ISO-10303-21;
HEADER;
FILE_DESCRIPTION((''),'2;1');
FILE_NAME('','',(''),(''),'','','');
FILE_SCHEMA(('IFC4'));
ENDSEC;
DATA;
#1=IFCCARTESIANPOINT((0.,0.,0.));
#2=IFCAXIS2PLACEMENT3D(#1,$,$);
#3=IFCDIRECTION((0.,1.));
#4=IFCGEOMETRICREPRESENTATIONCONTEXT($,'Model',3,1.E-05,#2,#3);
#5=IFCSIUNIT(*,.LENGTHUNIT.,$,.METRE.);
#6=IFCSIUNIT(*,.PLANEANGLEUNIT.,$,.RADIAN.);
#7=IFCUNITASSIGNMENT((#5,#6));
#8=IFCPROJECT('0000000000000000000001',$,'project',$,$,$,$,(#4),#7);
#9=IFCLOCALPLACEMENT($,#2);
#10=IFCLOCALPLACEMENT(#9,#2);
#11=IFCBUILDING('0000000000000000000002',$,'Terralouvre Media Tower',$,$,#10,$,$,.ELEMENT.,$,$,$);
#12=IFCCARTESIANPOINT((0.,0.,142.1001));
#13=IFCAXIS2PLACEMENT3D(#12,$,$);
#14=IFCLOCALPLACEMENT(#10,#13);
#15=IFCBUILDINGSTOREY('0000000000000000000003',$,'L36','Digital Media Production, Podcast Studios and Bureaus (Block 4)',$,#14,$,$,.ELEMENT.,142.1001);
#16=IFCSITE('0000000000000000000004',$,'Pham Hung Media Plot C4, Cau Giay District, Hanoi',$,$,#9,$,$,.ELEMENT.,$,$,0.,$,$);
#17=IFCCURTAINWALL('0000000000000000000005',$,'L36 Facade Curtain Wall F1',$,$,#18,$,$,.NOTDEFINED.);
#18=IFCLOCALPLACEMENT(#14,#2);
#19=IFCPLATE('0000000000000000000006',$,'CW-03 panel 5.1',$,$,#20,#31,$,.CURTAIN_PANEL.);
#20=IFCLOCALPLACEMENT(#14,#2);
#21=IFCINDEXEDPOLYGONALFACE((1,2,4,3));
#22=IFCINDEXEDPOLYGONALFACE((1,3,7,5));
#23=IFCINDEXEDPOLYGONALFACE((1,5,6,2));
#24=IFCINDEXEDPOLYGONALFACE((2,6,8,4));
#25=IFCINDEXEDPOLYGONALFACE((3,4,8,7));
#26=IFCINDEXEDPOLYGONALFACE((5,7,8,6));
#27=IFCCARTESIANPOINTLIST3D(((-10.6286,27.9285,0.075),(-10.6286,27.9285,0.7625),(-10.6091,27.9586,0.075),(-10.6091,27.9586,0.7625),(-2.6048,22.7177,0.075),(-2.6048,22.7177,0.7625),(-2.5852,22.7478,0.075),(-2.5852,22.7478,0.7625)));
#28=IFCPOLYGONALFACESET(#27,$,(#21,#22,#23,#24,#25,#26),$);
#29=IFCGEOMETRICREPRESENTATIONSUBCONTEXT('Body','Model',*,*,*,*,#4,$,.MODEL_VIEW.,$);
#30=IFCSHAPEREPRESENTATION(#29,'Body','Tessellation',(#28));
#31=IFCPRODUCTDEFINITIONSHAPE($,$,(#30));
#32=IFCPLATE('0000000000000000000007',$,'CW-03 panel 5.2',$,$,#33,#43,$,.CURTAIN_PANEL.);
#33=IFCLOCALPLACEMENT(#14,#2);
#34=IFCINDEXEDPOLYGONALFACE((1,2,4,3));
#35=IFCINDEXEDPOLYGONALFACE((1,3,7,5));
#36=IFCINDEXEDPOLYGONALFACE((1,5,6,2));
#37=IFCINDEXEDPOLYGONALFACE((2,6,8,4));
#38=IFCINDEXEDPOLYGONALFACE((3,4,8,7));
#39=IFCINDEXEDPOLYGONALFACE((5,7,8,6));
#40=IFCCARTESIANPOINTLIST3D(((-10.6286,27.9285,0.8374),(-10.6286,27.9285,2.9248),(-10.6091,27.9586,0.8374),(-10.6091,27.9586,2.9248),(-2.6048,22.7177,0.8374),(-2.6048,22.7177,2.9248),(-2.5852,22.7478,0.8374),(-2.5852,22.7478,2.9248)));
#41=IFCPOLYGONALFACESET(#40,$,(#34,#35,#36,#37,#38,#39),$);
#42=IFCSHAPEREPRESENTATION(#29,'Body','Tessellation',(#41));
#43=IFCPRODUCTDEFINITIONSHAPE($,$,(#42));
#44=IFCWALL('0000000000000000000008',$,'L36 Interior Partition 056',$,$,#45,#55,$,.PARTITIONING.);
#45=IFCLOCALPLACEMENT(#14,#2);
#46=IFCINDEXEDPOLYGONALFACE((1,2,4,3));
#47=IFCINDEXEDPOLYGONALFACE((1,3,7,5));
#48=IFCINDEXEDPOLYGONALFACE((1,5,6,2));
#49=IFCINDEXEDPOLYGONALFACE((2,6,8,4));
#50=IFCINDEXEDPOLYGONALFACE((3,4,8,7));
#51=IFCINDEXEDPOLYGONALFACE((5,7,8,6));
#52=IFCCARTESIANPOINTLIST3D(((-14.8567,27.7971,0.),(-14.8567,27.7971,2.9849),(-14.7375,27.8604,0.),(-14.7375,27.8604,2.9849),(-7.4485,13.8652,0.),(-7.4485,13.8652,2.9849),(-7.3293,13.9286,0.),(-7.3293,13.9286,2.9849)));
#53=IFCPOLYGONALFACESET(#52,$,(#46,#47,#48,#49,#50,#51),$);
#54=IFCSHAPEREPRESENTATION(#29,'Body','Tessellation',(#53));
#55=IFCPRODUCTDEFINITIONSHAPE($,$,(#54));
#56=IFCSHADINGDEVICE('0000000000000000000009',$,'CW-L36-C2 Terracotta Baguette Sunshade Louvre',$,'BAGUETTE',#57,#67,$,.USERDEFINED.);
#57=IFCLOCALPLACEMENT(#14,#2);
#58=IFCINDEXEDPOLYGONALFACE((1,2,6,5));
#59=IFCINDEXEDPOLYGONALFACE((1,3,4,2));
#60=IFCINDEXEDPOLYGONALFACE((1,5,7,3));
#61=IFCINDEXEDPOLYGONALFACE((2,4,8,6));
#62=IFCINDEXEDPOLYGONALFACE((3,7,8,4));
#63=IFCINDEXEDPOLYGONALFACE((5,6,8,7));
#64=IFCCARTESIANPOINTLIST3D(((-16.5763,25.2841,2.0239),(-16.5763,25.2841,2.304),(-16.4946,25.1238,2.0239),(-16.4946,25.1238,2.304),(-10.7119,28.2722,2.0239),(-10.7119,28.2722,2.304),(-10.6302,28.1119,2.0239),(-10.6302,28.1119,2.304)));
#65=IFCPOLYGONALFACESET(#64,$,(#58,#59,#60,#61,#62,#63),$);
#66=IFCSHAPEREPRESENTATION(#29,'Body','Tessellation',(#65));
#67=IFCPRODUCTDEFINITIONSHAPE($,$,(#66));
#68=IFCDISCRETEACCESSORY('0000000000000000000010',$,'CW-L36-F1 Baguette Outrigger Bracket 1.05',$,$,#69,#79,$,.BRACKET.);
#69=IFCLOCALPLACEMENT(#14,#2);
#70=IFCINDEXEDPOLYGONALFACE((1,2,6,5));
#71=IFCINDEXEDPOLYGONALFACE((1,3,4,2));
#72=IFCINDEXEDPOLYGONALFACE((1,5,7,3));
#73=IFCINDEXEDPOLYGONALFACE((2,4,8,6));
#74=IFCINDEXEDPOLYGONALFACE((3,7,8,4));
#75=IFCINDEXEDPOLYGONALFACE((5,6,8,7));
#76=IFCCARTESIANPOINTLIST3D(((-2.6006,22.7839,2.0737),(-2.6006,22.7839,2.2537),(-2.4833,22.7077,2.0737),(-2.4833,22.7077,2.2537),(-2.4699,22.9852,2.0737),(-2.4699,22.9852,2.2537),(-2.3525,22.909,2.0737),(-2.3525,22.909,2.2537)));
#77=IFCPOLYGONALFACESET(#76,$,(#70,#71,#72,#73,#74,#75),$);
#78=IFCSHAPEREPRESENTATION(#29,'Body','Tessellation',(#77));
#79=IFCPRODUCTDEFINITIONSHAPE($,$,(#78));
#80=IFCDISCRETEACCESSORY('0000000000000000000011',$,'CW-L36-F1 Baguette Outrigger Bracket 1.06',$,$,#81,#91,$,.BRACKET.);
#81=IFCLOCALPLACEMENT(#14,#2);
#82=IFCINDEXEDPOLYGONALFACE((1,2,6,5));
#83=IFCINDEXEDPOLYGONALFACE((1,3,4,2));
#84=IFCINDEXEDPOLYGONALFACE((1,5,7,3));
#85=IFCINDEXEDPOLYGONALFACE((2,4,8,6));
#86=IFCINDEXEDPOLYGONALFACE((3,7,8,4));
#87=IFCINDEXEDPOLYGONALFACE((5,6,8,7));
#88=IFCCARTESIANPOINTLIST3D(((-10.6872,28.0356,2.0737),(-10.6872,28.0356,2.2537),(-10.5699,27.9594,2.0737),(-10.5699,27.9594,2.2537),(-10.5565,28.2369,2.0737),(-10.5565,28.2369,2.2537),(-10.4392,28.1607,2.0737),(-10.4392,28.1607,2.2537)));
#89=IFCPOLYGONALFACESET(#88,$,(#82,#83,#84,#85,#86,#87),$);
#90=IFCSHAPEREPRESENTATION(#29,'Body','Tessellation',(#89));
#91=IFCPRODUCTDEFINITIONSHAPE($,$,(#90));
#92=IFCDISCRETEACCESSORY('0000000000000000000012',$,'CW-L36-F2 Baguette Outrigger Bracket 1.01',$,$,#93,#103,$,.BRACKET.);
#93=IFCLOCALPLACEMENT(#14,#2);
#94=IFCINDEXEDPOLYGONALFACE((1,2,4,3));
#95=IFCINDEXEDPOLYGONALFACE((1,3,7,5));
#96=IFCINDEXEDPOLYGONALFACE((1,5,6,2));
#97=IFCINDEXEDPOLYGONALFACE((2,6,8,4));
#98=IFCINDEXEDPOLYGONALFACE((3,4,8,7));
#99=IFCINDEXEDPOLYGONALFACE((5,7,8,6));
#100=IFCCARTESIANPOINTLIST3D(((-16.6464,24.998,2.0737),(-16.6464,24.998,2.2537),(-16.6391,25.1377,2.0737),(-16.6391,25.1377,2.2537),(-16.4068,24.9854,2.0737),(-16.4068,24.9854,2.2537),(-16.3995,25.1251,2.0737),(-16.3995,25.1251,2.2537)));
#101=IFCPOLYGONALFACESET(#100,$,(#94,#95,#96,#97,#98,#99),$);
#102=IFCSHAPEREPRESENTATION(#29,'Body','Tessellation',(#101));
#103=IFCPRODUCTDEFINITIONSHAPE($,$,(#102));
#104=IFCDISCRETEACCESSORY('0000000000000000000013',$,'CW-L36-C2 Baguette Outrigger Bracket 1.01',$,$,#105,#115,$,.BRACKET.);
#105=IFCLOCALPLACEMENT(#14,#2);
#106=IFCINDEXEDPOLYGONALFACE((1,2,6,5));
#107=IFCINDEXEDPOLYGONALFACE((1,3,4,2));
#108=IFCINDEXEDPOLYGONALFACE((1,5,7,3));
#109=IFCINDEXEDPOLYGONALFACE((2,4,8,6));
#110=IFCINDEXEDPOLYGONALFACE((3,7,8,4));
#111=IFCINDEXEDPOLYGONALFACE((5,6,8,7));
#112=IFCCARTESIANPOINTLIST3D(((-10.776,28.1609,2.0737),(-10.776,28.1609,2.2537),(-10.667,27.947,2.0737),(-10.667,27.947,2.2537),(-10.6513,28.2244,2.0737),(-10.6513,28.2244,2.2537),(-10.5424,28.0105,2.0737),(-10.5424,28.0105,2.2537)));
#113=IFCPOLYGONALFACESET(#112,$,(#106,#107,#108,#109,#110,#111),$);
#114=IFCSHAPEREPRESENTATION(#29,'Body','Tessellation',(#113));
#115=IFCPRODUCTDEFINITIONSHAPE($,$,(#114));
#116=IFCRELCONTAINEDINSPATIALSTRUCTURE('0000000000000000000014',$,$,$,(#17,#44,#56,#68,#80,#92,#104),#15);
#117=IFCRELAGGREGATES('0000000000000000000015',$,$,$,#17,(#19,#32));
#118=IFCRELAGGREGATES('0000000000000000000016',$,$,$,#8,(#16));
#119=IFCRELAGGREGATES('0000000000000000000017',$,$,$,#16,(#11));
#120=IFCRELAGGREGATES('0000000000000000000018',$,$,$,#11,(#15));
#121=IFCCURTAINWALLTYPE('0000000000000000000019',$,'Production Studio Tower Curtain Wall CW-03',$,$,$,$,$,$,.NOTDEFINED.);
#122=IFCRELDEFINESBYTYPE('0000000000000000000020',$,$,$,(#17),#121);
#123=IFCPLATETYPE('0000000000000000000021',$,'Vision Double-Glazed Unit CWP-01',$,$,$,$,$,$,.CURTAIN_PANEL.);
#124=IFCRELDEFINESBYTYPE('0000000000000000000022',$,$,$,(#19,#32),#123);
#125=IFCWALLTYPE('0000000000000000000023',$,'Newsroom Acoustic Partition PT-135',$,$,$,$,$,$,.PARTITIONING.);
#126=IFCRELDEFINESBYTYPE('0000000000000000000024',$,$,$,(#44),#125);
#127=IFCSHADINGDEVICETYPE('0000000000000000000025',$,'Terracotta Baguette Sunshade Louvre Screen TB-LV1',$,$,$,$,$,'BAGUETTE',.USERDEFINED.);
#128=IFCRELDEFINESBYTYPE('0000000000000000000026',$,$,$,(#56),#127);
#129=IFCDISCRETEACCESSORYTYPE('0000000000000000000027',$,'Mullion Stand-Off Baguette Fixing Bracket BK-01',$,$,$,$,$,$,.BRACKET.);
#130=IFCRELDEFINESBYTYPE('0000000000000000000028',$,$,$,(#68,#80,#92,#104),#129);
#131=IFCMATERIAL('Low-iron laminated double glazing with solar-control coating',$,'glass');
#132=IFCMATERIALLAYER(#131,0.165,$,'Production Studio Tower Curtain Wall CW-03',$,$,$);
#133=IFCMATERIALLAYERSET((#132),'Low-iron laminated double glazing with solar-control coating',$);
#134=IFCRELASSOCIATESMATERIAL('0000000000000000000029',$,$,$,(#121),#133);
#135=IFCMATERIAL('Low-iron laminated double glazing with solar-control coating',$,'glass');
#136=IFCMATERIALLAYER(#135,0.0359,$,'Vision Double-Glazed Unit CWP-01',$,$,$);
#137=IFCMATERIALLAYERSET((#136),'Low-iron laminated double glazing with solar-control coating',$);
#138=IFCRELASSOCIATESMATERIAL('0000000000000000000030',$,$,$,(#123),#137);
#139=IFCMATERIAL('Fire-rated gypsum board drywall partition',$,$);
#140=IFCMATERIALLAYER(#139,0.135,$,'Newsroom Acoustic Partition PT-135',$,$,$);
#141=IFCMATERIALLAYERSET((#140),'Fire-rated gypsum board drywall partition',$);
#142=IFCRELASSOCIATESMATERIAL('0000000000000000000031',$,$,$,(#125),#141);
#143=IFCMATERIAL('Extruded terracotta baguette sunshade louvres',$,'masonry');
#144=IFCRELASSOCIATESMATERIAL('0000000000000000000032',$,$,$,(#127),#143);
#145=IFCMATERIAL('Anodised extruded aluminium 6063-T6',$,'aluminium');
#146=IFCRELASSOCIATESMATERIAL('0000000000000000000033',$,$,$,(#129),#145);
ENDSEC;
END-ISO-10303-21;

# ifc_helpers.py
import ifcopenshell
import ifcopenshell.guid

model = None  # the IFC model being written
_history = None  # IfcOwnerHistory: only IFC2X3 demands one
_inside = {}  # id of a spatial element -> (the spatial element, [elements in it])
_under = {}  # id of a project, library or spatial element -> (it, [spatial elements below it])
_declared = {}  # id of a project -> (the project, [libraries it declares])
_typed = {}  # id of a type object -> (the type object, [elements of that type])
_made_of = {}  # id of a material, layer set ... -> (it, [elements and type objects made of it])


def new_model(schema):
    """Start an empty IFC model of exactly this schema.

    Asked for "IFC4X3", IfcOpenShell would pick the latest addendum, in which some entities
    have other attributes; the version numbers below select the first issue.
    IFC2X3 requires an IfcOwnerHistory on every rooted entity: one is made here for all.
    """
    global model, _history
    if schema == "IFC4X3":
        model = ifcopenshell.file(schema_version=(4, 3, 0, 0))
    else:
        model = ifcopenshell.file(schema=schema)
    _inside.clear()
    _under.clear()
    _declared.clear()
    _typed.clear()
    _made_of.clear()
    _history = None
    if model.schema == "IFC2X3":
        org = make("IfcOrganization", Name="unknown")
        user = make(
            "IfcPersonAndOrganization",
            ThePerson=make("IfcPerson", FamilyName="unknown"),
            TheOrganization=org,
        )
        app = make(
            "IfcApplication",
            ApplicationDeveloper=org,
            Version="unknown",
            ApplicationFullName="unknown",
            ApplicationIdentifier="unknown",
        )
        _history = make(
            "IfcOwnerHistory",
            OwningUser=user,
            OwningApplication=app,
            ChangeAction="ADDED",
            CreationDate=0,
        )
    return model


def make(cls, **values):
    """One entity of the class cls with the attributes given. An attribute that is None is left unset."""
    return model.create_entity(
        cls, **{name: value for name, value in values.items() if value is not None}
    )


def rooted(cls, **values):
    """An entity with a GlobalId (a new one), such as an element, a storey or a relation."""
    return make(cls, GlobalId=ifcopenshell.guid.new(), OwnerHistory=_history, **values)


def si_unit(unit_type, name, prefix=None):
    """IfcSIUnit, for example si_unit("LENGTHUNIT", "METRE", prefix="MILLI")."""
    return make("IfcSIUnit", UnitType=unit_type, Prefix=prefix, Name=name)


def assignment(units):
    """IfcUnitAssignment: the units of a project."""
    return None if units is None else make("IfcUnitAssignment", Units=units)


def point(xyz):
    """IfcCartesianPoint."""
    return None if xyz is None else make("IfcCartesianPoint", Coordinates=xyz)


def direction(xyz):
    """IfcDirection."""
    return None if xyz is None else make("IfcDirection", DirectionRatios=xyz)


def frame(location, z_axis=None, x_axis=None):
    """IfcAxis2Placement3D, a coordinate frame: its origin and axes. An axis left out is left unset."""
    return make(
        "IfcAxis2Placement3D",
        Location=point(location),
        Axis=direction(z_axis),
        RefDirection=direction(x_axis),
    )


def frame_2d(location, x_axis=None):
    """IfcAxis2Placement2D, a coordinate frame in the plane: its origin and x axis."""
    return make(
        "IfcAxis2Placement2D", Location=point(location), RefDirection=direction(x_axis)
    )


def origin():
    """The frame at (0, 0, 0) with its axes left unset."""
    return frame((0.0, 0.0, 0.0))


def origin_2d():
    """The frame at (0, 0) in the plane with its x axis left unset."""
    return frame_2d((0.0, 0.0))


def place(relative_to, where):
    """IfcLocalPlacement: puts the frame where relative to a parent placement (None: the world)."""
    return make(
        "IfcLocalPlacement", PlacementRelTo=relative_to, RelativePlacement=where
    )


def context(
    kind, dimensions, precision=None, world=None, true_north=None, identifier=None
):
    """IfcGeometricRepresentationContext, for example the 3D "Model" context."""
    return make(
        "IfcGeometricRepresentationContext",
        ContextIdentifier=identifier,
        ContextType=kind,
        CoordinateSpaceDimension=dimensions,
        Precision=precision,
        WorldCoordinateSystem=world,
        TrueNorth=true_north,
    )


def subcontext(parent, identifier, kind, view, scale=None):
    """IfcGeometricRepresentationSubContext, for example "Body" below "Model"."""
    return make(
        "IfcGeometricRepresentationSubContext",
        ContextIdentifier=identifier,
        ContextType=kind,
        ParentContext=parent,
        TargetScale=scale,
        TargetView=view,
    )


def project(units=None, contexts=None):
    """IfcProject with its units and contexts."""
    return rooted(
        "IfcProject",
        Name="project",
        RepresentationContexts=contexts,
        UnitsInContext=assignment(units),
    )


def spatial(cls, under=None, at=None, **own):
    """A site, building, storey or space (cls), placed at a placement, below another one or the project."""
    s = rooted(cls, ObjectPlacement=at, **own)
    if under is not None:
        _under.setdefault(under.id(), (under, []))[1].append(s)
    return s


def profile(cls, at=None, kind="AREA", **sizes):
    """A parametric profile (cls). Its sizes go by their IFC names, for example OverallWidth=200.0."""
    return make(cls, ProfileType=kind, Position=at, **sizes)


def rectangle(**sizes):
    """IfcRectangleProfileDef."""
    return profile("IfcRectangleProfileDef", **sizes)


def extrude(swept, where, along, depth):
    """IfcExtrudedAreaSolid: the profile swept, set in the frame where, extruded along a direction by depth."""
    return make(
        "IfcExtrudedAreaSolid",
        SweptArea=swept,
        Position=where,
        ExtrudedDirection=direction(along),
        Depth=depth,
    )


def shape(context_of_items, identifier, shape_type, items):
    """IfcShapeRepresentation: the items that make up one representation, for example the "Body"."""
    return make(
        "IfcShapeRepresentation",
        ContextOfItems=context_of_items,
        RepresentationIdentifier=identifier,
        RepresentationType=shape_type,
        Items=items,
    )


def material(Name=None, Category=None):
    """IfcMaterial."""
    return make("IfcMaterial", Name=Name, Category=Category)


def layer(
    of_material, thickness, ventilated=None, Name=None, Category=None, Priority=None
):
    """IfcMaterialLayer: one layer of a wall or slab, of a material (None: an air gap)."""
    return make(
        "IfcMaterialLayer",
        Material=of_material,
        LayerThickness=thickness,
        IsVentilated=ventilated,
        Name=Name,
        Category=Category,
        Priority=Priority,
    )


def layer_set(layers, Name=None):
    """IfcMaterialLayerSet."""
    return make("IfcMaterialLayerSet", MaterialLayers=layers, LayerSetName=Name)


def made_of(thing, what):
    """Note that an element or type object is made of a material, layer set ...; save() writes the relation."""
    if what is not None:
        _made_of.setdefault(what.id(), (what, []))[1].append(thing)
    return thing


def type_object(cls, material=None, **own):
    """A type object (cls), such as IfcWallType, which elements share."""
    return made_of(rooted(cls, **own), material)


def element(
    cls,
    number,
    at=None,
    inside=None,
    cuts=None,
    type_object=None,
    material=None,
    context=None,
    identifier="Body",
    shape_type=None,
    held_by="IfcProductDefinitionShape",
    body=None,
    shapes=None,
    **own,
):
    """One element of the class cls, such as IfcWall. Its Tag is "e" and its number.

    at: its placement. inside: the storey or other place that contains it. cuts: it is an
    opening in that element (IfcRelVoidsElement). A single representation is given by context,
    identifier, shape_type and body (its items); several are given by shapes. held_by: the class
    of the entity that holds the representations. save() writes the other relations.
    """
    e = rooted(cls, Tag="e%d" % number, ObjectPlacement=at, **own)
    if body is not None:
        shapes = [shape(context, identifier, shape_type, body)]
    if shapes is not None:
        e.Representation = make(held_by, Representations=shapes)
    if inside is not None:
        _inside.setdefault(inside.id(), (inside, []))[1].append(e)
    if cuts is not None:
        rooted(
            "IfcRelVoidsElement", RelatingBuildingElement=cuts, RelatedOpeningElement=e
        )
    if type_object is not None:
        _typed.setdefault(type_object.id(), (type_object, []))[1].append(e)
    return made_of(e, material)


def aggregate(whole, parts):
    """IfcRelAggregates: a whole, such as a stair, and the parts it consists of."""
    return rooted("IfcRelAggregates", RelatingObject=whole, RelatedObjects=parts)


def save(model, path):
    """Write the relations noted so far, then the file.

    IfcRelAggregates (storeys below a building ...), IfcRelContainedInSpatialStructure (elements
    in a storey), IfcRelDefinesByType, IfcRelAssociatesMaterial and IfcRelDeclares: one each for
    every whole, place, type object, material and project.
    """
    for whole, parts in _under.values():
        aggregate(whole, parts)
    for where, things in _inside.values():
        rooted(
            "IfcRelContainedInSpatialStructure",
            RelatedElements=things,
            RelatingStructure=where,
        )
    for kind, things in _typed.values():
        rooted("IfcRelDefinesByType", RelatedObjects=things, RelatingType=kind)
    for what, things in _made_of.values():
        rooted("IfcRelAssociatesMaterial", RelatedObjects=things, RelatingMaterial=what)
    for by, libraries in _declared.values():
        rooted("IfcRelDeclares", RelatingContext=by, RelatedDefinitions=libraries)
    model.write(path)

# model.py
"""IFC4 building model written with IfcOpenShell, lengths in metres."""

from ifc_helpers import new_model, si_unit, direction, frame, frame_2d, origin, origin_2d, place, context, subcontext, project, spatial, rectangle, extrude, material, layer, layer_set, type_object, element, aggregate, save


model = new_model("IFC4")

# Units and contexts
model_context = context("Model", 3, precision=1e-05, world=origin(), true_north=direction((0.0, 1.0)))
body_context = subcontext(model_context, "Body", "Model", "MODEL_VIEW")
ifc_project = project(units=[si_unit("LENGTHUNIT", "METRE"), si_unit("PLANEANGLEUNIT", "RADIAN")], contexts=[model_context])

# Site, building, storey
site_placement = place(None, origin())
site = spatial("IfcSite", under=ifc_project, at=site_placement, Name="Pham Hung Media Plot C4, Cau Giay District, Hanoi", CompositionType="ELEMENT", RefElevation=0.0)
building_placement = place(site_placement, origin())
building = spatial("IfcBuilding", under=site, at=building_placement, Name="Terralouvre Media Tower", CompositionType="ELEMENT")
storey_placement = place(building_placement, frame((0.0, 0.0, 142.1001)))
storey = spatial("IfcBuildingStorey", under=building, at=storey_placement, Name="L36", Description="Digital Media Production, Podcast Studios and Bureaus (Block 4)", CompositionType="ELEMENT", Elevation=142.1001)

# Curtain wall
ifc_material_1 = material(Name="Low-iron laminated double glazing with solar-control coating", Category="glass")
ifc_layer_1 = layer(ifc_material_1, 0.165, Name="Production Studio Tower Curtain Wall CW-03")
ifc_layer_set_1 = layer_set([ifc_layer_1], Name="Low-iron laminated double glazing with solar-control coating")
curtain_wall_type_1 = type_object("IfcCurtainWallType", Name="Production Studio Tower Curtain Wall CW-03", PredefinedType="NOTDEFINED", material=ifc_layer_set_1)
curtain_wall_1_placement = place(storey_placement, origin())
curtain_wall_1 = element("IfcCurtainWall", 1, at=curtain_wall_1_placement, inside=storey, type_object=curtain_wall_type_1, Name="L36 Facade Curtain Wall F1", PredefinedType="NOTDEFINED")

# Plates
ifc_material_2 = material(Name="Low-iron laminated double glazing with solar-control coating", Category="glass")
ifc_layer_2 = layer(ifc_material_2, 0.0359, Name="Vision Double-Glazed Unit CWP-01")
ifc_layer_set_2 = layer_set([ifc_layer_2], Name="Low-iron laminated double glazing with solar-control coating")
plate_type_1 = type_object("IfcPlateType", Name="Vision Double-Glazed Unit CWP-01", PredefinedType="CURTAIN_PANEL", material=ifc_layer_set_2)
plate_1_placement = place(storey_placement, frame((-6.6069, 25.3381, 0.075), z_axis=(0.0, 0.0, 1.0), x_axis=(-0.838671, 0.544639, 0.0)))
plate_1 = element("IfcPlate", 2, at=plate_1_placement, type_object=plate_type_1, Name="CW-03 panel 5.1", PredefinedType="CURTAIN_PANEL", context=body_context, shape_type="SweptSolid", body=[
    extrude(rectangle(XDim=9.5674, YDim=0.0359, at=origin_2d()), origin(), (0.0, 0.0, 1.0), 0.6875),
])
plate_2_placement = place(storey_placement, frame((-6.6069, 25.3381, 0.8374), z_axis=(0.0, 0.0, 1.0), x_axis=(-0.838671, 0.544639, 0.0)))
plate_2 = element("IfcPlate", 3, at=plate_2_placement, type_object=plate_type_1, Name="CW-03 panel 5.2", PredefinedType="CURTAIN_PANEL", context=body_context, shape_type="SweptSolid", body=[
    extrude(rectangle(XDim=9.5674, YDim=0.0359, at=origin_2d()), origin(), (0.0, 0.0, 1.0), 2.0874),
])
aggregate(curtain_wall_1, [plate_1, plate_2])

# Wall
ifc_material_3 = material(Name="Fire-rated gypsum board drywall partition")
ifc_layer_3 = layer(ifc_material_3, 0.135, Name="Newsroom Acoustic Partition PT-135")
ifc_layer_set_3 = layer_set([ifc_layer_3], Name="Fire-rated gypsum board drywall partition")
wall_type = type_object("IfcWallType", Name="Newsroom Acoustic Partition PT-135", PredefinedType="PARTITIONING", material=ifc_layer_set_3)
wall_placement = place(storey_placement, frame((-14.7971, 27.8289, 0.0), z_axis=(0.0, 0.0, 1.0), x_axis=(0.469496, -0.882935, 0.0)))
element("IfcWall", 4, at=wall_placement, inside=storey, type_object=wall_type, Name="L36 Interior Partition 056", PredefinedType="PARTITIONING", context=body_context, shape_type="SweptSolid", body=[
    extrude(rectangle(XDim=15.7791, YDim=0.135, at=frame_2d((7.8896, 0.0))), origin(), (0.0, 0.0, 1.0), 2.9849),
])

# Shading device
ifc_material_4 = material(Name="Extruded terracotta baguette sunshade louvres", Category="masonry")
shading_device_type = type_object("IfcShadingDeviceType", Name="Terracotta Baguette Sunshade Louvre Screen TB-LV1", ElementType="BAGUETTE", PredefinedType="USERDEFINED", material=ifc_material_4)
shading_device_placement = place(storey_placement, frame((-13.6033, 26.698, 2.0239), z_axis=(0.0, 0.0, 1.0), x_axis=(-0.891007, -0.45399, 0.0)))
element("IfcShadingDevice", 5, at=shading_device_placement, inside=storey, type_object=shading_device_type, Name="CW-L36-C2 Terracotta Baguette Sunshade Louvre", ObjectType="BAGUETTE", PredefinedType="USERDEFINED", context=body_context, shape_type="SweptSolid", body=[
    extrude(rectangle(XDim=6.5818, YDim=0.1799, at=origin_2d()), origin(), (0.0, 0.0, 1.0), 0.28),
])

# Discrete accessories
ifc_material_5 = material(Name="Anodised extruded aluminium 6063-T6", Category="aluminium")
discrete_accessory_type = type_object("IfcDiscreteAccessoryType", Name="Mullion Stand-Off Baguette Fixing Bracket BK-01", PredefinedType="BRACKET", material=ifc_material_5)
for number, where, z_axis, x_axis, name in (
    (6, (-2.4766, 22.8464, 2.0737), (0.0, 0.0, 1.0), (-0.838671, 0.544639, 0.0), "CW-L36-F1 Baguette Outrigger Bracket 1.05"),
    (7, (-10.5632, 28.0981, 2.0737), (0.0, 0.0, 1.0), (-0.838671, 0.544639, 0.0), "CW-L36-F1 Baguette Outrigger Bracket 1.06"),
    (8, (-16.5229, 25.0615, 2.0737), (0.0, 0.0, 1.0), (-0.052336, -0.99863, 0.0), "CW-L36-F2 Baguette Outrigger Bracket 1.01"),
    (9, (-10.6592, 28.0857, 2.0737), (0.0, 0.0, 1.0), (-0.891007, -0.45399, 0.0), "CW-L36-C2 Baguette Outrigger Bracket 1.01"),
):
    element("IfcDiscreteAccessory", number, at=place(storey_placement, frame(where, z_axis=z_axis, x_axis=x_axis)), inside=storey, type_object=discrete_accessory_type, Name=name, PredefinedType="BRACKET", context=body_context, shape_type="SweptSolid", body=[
        extrude(rectangle(XDim=0.1399, YDim=0.24, at=origin_2d()), origin(), (0.0, 0.0, 1.0), 0.1799),
    ])

save(model, "model.ifc")
